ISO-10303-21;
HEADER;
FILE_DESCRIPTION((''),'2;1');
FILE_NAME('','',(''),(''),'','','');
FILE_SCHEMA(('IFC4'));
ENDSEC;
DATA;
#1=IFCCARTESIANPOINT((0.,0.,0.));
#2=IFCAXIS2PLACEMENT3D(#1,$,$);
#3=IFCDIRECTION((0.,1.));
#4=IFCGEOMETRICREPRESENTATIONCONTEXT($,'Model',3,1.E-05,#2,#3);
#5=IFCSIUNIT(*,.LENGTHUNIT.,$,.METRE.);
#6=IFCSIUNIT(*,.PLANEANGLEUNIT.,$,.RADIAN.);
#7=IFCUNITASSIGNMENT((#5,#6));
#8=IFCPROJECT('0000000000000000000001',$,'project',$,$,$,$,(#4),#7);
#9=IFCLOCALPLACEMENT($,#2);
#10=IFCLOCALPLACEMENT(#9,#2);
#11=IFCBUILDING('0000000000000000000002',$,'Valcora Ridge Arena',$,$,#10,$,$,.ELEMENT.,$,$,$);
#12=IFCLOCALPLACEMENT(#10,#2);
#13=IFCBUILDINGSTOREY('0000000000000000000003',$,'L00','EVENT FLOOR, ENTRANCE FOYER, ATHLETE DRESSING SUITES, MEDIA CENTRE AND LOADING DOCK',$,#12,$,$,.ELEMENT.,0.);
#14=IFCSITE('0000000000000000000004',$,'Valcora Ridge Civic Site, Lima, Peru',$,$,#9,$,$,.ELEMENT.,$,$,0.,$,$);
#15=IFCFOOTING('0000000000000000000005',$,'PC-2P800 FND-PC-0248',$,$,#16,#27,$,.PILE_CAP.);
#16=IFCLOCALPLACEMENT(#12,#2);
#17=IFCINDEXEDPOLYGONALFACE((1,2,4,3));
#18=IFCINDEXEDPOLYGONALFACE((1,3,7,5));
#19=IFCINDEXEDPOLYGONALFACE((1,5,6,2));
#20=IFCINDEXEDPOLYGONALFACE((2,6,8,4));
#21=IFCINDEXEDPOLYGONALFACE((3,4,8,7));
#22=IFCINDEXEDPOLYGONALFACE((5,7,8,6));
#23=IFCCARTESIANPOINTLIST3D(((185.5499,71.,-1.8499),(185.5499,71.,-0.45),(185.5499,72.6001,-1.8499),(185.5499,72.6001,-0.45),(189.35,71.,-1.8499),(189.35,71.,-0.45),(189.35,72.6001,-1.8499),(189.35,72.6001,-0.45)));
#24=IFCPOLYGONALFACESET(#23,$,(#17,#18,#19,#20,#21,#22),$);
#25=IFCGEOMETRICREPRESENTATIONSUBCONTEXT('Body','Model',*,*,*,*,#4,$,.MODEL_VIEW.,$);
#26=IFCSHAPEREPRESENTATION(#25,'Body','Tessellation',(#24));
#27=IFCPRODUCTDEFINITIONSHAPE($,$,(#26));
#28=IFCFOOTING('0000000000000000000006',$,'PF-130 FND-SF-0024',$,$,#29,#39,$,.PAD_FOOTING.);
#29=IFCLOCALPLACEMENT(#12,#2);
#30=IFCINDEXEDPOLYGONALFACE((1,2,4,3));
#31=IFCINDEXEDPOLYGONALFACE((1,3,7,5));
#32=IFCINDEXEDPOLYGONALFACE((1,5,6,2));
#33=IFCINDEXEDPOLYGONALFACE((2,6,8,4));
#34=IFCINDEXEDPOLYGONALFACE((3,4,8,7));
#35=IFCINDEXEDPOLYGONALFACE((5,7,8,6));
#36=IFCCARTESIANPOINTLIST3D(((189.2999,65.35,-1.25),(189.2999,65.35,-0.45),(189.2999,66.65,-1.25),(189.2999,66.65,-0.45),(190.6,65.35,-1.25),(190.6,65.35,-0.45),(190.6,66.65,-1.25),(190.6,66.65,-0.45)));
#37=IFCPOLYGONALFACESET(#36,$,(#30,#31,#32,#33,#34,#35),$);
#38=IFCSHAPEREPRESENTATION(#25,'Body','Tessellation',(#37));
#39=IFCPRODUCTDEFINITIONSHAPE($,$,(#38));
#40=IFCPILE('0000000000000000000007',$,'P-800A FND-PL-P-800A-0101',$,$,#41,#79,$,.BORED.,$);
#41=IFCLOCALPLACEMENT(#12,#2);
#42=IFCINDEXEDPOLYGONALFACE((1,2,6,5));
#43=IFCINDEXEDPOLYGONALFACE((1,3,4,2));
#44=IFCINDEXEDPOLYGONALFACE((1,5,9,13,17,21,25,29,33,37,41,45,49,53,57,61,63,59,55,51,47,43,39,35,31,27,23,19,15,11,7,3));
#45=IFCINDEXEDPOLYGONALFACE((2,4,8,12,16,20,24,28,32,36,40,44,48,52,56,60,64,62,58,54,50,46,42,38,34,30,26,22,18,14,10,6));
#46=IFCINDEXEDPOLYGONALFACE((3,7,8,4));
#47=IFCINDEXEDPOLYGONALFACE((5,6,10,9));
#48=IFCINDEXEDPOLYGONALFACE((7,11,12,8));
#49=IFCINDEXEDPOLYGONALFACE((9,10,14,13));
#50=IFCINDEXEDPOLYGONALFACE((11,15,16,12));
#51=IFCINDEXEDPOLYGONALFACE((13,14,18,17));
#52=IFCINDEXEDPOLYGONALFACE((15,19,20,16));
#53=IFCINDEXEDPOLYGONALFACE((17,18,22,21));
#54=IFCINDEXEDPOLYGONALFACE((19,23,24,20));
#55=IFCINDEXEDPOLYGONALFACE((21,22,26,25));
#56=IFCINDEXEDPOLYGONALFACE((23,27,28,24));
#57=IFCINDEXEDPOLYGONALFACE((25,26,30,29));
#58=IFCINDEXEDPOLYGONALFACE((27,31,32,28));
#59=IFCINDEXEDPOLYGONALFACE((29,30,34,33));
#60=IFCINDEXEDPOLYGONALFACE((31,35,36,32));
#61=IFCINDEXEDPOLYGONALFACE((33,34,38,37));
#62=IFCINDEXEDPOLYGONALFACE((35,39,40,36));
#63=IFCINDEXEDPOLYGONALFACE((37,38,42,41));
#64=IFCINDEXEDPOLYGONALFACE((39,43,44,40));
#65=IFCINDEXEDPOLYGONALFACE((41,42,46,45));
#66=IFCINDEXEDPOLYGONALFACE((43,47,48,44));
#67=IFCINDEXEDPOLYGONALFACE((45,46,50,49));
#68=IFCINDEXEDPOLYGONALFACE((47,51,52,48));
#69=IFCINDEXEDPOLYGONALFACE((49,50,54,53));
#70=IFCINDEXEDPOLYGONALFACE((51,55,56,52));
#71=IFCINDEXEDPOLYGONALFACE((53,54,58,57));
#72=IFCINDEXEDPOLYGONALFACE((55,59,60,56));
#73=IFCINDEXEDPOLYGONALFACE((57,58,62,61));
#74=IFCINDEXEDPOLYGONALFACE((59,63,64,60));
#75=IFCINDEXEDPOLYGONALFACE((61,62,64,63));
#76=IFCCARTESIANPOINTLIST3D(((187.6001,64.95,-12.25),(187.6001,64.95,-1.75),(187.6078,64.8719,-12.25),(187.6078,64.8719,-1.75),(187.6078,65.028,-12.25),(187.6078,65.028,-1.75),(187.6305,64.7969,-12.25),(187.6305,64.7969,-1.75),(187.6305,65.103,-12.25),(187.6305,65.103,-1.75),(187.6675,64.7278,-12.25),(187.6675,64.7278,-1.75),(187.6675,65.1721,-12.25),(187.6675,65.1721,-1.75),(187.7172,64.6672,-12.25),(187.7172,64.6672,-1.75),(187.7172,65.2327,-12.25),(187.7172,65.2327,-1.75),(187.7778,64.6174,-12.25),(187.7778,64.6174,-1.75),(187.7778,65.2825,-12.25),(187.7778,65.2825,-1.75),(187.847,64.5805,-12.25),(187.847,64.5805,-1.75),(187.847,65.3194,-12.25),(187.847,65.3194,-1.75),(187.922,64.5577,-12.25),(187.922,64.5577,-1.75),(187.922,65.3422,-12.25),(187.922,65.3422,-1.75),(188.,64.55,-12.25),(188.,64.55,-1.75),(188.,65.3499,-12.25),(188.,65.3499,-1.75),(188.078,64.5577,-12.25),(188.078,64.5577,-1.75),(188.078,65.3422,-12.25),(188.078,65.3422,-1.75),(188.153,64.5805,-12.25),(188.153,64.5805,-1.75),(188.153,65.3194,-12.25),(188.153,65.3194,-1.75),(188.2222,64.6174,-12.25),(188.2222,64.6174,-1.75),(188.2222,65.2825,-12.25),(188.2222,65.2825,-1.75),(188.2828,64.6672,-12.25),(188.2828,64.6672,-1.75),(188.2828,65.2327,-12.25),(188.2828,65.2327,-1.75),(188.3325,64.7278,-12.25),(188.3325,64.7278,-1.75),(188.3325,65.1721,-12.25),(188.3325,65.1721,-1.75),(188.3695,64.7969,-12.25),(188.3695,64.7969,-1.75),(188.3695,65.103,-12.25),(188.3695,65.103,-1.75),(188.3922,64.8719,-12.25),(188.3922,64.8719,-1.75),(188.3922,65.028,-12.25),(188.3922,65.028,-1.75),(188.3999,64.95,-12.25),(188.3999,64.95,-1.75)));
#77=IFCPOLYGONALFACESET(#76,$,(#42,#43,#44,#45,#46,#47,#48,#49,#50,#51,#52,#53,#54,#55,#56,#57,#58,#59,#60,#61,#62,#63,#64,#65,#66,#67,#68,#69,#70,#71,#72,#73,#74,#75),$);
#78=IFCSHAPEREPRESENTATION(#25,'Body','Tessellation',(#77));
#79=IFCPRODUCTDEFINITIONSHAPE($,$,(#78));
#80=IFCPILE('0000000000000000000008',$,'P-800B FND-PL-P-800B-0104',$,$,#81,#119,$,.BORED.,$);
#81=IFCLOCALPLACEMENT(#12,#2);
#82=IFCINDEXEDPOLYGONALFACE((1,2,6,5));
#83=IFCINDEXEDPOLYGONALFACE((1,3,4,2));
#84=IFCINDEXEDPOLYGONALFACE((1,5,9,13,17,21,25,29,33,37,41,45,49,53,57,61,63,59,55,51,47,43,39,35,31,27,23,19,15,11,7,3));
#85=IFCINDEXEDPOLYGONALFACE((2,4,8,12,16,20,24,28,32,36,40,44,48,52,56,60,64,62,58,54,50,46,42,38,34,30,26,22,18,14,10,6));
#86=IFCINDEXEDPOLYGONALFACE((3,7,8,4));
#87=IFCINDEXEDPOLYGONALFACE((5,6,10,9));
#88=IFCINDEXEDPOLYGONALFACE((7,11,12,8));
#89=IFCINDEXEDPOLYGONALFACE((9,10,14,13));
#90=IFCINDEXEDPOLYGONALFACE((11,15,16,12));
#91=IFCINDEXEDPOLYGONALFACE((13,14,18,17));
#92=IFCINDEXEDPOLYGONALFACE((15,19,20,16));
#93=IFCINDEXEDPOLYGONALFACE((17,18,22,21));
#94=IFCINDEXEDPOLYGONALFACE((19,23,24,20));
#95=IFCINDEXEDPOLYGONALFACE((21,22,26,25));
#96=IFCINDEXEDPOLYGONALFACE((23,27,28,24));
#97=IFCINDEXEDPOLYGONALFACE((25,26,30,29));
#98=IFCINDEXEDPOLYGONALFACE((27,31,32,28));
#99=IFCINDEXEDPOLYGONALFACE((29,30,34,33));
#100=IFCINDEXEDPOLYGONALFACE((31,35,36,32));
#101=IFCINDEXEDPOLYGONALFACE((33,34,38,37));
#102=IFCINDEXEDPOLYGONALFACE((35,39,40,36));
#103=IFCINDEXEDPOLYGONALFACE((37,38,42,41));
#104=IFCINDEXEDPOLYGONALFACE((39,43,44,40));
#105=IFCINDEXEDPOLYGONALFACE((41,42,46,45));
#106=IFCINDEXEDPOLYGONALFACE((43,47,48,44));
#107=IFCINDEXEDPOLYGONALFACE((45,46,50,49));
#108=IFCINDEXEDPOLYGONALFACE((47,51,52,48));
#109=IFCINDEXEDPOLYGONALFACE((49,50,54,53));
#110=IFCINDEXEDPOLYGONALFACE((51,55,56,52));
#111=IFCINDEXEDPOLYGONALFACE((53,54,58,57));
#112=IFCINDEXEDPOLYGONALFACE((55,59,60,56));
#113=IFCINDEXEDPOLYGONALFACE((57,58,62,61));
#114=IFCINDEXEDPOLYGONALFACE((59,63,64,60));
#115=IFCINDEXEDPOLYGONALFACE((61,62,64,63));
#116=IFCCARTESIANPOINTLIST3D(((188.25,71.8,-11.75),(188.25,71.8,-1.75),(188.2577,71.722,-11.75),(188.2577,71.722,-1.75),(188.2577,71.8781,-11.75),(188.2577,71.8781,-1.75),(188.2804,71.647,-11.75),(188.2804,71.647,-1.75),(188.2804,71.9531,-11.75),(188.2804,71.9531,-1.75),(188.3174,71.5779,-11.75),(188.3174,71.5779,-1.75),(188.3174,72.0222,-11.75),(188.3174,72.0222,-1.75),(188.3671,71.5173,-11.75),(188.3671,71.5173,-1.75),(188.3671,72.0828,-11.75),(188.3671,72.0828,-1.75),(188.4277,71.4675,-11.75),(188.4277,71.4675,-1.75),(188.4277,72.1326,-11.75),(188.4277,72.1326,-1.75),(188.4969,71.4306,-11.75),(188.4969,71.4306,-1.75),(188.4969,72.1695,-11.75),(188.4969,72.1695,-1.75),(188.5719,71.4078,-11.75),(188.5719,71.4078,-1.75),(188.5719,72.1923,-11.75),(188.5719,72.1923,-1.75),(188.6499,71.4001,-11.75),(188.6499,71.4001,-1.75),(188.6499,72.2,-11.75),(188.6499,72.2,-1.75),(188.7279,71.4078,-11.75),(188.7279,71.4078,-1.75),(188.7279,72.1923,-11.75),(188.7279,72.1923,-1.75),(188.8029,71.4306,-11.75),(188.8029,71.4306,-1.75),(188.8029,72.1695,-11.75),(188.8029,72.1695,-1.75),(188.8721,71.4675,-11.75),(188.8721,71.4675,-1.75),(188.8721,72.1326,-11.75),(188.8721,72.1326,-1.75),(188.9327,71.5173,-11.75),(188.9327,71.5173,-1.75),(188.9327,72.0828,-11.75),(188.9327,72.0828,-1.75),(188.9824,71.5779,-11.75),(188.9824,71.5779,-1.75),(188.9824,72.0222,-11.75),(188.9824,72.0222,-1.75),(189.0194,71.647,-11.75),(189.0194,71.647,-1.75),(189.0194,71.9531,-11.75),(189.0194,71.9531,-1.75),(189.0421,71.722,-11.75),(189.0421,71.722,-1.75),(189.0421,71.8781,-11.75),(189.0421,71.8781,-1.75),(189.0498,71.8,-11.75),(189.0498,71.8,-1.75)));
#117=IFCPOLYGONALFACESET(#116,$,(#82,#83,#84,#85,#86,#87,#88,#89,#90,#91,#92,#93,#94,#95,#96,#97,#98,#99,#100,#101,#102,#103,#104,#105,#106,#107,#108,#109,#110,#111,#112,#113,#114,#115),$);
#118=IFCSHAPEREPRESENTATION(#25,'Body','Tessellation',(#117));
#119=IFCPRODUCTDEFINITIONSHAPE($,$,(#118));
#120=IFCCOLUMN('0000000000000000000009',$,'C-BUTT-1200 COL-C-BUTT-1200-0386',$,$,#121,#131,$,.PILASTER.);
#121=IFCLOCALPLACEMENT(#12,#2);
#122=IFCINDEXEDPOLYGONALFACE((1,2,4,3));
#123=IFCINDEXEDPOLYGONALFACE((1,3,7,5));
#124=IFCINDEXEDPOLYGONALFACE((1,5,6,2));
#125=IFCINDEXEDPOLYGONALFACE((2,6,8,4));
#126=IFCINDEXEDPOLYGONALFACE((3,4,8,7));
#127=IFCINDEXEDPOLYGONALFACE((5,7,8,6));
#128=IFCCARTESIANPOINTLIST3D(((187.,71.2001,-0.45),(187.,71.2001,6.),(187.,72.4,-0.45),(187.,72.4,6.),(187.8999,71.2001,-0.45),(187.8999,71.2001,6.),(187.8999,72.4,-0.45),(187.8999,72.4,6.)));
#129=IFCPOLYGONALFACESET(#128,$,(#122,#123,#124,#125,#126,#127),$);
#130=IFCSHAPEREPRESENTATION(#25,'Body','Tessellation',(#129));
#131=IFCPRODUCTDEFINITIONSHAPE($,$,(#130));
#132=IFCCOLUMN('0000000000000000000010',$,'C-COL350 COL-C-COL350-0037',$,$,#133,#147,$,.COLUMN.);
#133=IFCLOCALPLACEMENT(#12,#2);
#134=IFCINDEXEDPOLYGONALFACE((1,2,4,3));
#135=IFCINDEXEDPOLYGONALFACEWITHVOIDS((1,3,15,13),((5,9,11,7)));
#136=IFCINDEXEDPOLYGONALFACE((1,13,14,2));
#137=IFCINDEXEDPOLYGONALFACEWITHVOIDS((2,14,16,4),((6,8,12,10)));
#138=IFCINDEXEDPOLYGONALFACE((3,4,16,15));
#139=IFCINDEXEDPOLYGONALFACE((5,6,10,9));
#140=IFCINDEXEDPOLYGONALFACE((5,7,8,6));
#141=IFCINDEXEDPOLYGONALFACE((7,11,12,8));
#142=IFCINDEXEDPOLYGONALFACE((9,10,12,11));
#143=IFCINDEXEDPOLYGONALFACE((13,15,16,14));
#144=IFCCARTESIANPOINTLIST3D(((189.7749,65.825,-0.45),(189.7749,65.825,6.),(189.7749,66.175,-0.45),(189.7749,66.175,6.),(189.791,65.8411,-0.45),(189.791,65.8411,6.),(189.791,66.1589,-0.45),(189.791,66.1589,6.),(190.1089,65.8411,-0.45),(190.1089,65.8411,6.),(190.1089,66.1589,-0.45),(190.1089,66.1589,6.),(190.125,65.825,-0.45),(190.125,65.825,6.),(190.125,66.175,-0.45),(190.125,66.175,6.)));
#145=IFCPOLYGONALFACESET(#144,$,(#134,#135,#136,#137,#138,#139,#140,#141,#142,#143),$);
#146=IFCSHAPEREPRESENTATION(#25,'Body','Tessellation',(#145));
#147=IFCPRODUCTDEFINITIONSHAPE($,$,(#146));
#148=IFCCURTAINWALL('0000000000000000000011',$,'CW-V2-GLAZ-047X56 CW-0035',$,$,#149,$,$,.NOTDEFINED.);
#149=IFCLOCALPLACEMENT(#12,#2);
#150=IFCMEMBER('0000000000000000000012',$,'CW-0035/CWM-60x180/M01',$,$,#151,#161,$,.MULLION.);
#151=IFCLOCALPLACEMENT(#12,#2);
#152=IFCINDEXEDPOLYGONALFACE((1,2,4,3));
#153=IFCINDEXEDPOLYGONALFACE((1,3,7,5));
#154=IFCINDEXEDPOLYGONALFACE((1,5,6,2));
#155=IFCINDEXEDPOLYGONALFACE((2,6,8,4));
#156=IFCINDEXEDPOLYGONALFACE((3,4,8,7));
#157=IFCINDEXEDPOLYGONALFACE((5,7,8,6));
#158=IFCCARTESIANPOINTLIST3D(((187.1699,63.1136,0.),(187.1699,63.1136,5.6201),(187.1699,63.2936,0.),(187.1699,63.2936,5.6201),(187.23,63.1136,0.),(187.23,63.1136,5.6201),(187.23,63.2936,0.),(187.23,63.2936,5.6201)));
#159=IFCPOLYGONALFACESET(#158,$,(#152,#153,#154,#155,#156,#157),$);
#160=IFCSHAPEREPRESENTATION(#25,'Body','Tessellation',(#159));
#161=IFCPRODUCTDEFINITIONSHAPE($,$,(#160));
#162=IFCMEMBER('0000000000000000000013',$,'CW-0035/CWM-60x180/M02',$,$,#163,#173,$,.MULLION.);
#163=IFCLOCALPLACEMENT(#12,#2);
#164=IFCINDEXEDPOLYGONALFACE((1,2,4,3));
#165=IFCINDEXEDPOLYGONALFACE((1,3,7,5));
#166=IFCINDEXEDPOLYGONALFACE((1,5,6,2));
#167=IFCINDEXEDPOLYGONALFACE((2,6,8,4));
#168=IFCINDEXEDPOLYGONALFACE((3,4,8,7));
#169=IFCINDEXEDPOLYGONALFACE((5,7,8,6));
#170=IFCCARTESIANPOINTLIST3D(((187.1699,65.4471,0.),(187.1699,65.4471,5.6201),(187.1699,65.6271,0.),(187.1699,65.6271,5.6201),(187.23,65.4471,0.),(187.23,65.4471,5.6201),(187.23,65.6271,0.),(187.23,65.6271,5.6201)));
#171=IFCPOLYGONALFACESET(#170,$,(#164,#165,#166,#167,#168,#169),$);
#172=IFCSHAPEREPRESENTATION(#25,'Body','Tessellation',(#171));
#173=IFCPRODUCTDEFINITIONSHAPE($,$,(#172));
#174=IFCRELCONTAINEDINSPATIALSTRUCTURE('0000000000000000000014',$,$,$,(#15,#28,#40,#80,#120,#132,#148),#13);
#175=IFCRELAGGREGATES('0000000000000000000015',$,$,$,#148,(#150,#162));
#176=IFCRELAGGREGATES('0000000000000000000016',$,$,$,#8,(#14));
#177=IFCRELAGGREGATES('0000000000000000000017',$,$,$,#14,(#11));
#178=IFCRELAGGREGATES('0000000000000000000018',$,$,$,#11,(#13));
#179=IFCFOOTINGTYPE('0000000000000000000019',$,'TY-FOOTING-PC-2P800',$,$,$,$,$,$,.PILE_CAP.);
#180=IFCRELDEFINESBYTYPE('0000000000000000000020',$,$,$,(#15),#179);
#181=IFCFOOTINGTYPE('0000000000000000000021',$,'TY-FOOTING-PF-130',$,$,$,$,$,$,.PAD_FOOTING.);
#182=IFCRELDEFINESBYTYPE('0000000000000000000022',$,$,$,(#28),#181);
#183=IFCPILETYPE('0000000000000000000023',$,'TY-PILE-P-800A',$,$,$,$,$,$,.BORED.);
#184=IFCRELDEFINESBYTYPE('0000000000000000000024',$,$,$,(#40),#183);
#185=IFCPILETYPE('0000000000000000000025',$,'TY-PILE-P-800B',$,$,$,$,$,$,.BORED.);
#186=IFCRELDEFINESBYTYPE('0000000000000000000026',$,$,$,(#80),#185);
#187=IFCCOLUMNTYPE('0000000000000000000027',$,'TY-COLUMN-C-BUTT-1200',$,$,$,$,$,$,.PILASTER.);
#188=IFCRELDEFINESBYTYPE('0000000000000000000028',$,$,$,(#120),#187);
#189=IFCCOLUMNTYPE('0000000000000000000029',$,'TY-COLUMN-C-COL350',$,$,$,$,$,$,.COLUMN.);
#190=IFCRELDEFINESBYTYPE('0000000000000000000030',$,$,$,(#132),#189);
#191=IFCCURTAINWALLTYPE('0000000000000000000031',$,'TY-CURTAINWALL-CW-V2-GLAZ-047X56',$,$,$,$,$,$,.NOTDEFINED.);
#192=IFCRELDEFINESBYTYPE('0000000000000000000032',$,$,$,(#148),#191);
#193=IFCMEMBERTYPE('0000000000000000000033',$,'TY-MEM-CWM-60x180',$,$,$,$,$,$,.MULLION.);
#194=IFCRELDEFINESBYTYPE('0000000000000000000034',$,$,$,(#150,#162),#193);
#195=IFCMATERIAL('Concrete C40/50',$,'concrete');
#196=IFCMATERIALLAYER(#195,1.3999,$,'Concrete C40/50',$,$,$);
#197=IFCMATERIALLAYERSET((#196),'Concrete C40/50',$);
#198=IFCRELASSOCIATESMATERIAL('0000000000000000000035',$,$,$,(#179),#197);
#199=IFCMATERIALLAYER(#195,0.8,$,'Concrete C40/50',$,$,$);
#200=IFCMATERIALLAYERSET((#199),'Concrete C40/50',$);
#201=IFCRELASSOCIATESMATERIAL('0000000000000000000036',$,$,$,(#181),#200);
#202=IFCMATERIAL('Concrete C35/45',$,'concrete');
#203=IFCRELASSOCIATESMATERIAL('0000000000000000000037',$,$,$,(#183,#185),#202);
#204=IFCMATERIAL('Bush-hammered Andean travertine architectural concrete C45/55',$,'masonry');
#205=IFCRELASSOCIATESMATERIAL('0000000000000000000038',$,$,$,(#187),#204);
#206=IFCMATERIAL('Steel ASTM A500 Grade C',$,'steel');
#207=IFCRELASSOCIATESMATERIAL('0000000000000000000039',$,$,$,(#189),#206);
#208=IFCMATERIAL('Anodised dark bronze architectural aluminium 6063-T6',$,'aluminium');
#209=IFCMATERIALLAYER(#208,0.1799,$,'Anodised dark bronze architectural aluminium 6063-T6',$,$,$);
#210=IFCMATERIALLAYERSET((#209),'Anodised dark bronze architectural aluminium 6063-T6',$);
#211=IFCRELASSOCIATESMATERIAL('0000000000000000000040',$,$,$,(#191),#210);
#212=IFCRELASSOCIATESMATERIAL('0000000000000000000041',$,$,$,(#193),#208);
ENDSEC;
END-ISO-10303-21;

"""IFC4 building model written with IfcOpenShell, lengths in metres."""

from ifc_helpers import new_model, si_unit, direction, frame, origin, origin_2d, place, context, subcontext, project, spatial, rectangle, hollow_rectangle, circle, extrude, material, layer, layer_set, material_profile, profile_set, type_object, element, aggregate, save


model = new_model("IFC4")

# Units and contexts
model_context = context("Model", 3, precision=1e-05, world=origin(), true_north=direction((0.0, 1.0)))
body_context = subcontext(model_context, "Body", "Model", "MODEL_VIEW")
ifc_project = project(units=[si_unit("LENGTHUNIT", "METRE"), si_unit("PLANEANGLEUNIT", "RADIAN")], contexts=[model_context])

# Site, building, storey
site_placement = place(None, origin())
site = spatial("IfcSite", under=ifc_project, at=site_placement, Name="Valcora Ridge Civic Site, Lima, Peru", CompositionType="ELEMENT", RefElevation=0.0)
building_placement = place(site_placement, origin())
building = spatial("IfcBuilding", under=site, at=building_placement, Name="Valcora Ridge Arena", CompositionType="ELEMENT")
storey_placement = place(building_placement, origin())
storey = spatial("IfcBuildingStorey", under=building, at=storey_placement, Name="L00", Description="EVENT FLOOR, ENTRANCE FOYER, ATHLETE DRESSING SUITES, MEDIA CENTRE AND LOADING DOCK", CompositionType="ELEMENT", Elevation=0.0)

# Footings
ifc_material_1 = material(Name="Concrete C40/50", Category="concrete")
ifc_layer_1 = layer(ifc_material_1, 1.3999, Name="Concrete C40/50")
ifc_layer_set_1 = layer_set([ifc_layer_1], Name="Concrete C40/50")
footing_type_1 = type_object("IfcFootingType", Name="TY-FOOTING-PC-2P800", PredefinedType="PILE_CAP", material=ifc_layer_set_1)
footing_1_placement = place(storey_placement, frame((187.45, 71.8, -1.8499), z_axis=(0.0, 0.0, 1.0), x_axis=(1.0, 0.0, 0.0)))
element("IfcFooting", 1, at=footing_1_placement, inside=storey, type_object=footing_type_1, Name="PC-2P800 FND-PC-0248", PredefinedType="PILE_CAP", context=body_context, shape_type="SweptSolid", body=[
    extrude(rectangle(XDim=3.8, YDim=1.6001, at=origin_2d()), origin(), (0.0, 0.0, 1.0), 1.3999),
])
ifc_layer_2 = layer(ifc_material_1, 0.8, Name="Concrete C40/50")
ifc_layer_set_2 = layer_set([ifc_layer_2], Name="Concrete C40/50")
footing_type_2 = type_object("IfcFootingType", Name="TY-FOOTING-PF-130", PredefinedType="PAD_FOOTING", material=ifc_layer_set_2)
footing_2_placement = place(storey_placement, frame((189.95, 66.0, -1.25), z_axis=(0.0, 0.0, 1.0), x_axis=(1.0, 0.0, 0.0)))
element("IfcFooting", 2, at=footing_2_placement, inside=storey, type_object=footing_type_2, Name="PF-130 FND-SF-0024", PredefinedType="PAD_FOOTING", context=body_context, shape_type="SweptSolid", body=[
    extrude(rectangle(XDim=1.3, YDim=1.3, at=origin_2d()), origin(), (0.0, 0.0, 1.0), 0.8),
])

# Piles
ifc_material_2 = material(Name="Concrete C35/45", Category="concrete")
ifc_material_profile_1 = material_profile(ifc_material_2, circle(Radius=0.3999, at=origin_2d()), Name="BORED PILE D800")
ifc_profile_set_1 = profile_set([ifc_material_profile_1], Name="Concrete C35/45")
pile_type_1 = type_object("IfcPileType", Name="TY-PILE-P-800A", PredefinedType="BORED", material=ifc_profile_set_1)
pile_1_placement = place(storey_placement, frame((188.0, 64.95, -1.75), z_axis=(0.0, 0.0, -1.0), x_axis=(1.0, 0.0, 0.0)))
element("IfcPile", 3, at=pile_1_placement, inside=storey, type_object=pile_type_1, Name="P-800A FND-PL-P-800A-0101", PredefinedType="BORED", context=body_context, shape_type="SweptSolid", body=[
    extrude(circle(Radius=0.3999, at=origin_2d()), origin(), (0.0, 0.0, 1.0), 10.5),
])
ifc_material_profile_2 = material_profile(ifc_material_2, circle(Radius=0.3999, at=origin_2d()), Name="BORED PILE D800")
ifc_profile_set_2 = profile_set([ifc_material_profile_2], Name="Concrete C35/45")
pile_type_2 = type_object("IfcPileType", Name="TY-PILE-P-800B", PredefinedType="BORED", material=ifc_profile_set_2)
pile_2_placement = place(storey_placement, frame((188.6499, 71.8, -1.75), z_axis=(0.0, 0.0, -1.0), x_axis=(1.0, 0.0, 0.0)))
element("IfcPile", 4, at=pile_2_placement, inside=storey, type_object=pile_type_2, Name="P-800B FND-PL-P-800B-0104", PredefinedType="BORED", context=body_context, shape_type="SweptSolid", body=[
    extrude(circle(Radius=0.3999, at=origin_2d()), origin(), (0.0, 0.0, 1.0), 10.0),
])

# Columns
ifc_material_3 = material(Name="Bush-hammered Andean travertine architectural concrete C45/55", Category="masonry")
ifc_material_profile_3 = material_profile(ifc_material_3, rectangle(XDim=0.8999, YDim=1.2, at=origin_2d()), Name="RC 900x1200")
ifc_profile_set_3 = profile_set([ifc_material_profile_3], Name="Bush-hammered Andean travertine architectural concrete C45/55")
column_type_1 = type_object("IfcColumnType", Name="TY-COLUMN-C-BUTT-1200", PredefinedType="PILASTER", material=ifc_profile_set_3)
column_1_placement = place(storey_placement, frame((187.45, 71.8, -0.45), z_axis=(0.0, 0.0, 1.0), x_axis=(1.0, 0.0, 0.0)))
element("IfcColumn", 5, at=column_1_placement, inside=storey, type_object=column_type_1, Name="C-BUTT-1200 COL-C-BUTT-1200-0386", PredefinedType="PILASTER", context=body_context, shape_type="SweptSolid", body=[
    extrude(rectangle(XDim=0.8999, YDim=1.2, at=origin_2d()), origin(), (0.0, 0.0, 1.0), 6.45),
])
ifc_material_4 = material(Name="Steel ASTM A500 Grade C", Category="steel")
ifc_material_profile_4 = material_profile(ifc_material_4, hollow_rectangle(XDim=0.3501, YDim=0.3501, WallThickness=0.0161, at=origin_2d()), Name="HSS350X350X16")
ifc_profile_set_4 = profile_set([ifc_material_profile_4], Name="Steel ASTM A500 Grade C")
column_type_2 = type_object("IfcColumnType", Name="TY-COLUMN-C-COL350", PredefinedType="COLUMN", material=ifc_profile_set_4)
column_2_placement = place(storey_placement, frame((189.95, 66.0, -0.45), z_axis=(0.0, 0.0, 1.0), x_axis=(1.0, 0.0, 0.0)))
element("IfcColumn", 6, at=column_2_placement, inside=storey, type_object=column_type_2, Name="C-COL350 COL-C-COL350-0037", PredefinedType="COLUMN", context=body_context, shape_type="SweptSolid", body=[
    extrude(hollow_rectangle(XDim=0.3501, YDim=0.3501, WallThickness=0.0161, at=origin_2d()), origin(), (0.0, 0.0, 1.0), 6.45),
])

# Curtain wall, members
ifc_material_5 = material(Name="Anodised dark bronze architectural aluminium 6063-T6", Category="aluminium")
ifc_layer_3 = layer(ifc_material_5, 0.1799, Name="Anodised dark bronze architectural aluminium 6063-T6")
ifc_layer_set_3 = layer_set([ifc_layer_3], Name="Anodised dark bronze architectural aluminium 6063-T6")
curtain_wall_type = type_object("IfcCurtainWallType", Name="TY-CURTAINWALL-CW-V2-GLAZ-047X56", PredefinedType="NOTDEFINED", material=ifc_layer_set_3)
curtain_wall_placement = place(storey_placement, origin())
curtain_wall = element("IfcCurtainWall", 7, at=curtain_wall_placement, inside=storey, type_object=curtain_wall_type, Name="CW-V2-GLAZ-047X56 CW-0035", PredefinedType="NOTDEFINED")
ifc_material_profile_5 = material_profile(ifc_material_5, rectangle(XDim=0.0601, YDim=0.1799, at=origin_2d()), Name="ALU MULLION 60x180")
ifc_profile_set_5 = profile_set([ifc_material_profile_5], Name="Anodised dark bronze architectural aluminium 6063-T6")
member_type_1 = type_object("IfcMemberType", Name="TY-MEM-CWM-60x180", PredefinedType="MULLION", material=ifc_profile_set_5)
member_1_placement = place(storey_placement, frame((187.2, 63.2036, 0.0), z_axis=(0.0, 0.0, 1.0), x_axis=(-1.0, 0.0, 0.0)))
member_1 = element("IfcMember", 8, at=member_1_placement, type_object=member_type_1, Name="CW-0035/CWM-60x180/M01", PredefinedType="MULLION", context=body_context, shape_type="SweptSolid", body=[
    extrude(rectangle(XDim=0.0601, YDim=0.1799, at=origin_2d()), origin(), (0.0, 0.0, 1.0), 5.6201),
])
member_2_placement = place(storey_placement, frame((187.2, 65.5371, 0.0), z_axis=(0.0, 0.0, 1.0), x_axis=(-1.0, 0.0, 0.0)))
member_2 = element("IfcMember", 9, at=member_2_placement, type_object=member_type_1, Name="CW-0035/CWM-60x180/M02", PredefinedType="MULLION", context=body_context, shape_type="SweptSolid", body=[
    extrude(rectangle(XDim=0.0601, YDim=0.1799, at=origin_2d()), origin(), (0.0, 0.0, 1.0), 5.6201),
])
aggregate(curtain_wall, [member_1, member_2])

save(model, "model.ifc")
